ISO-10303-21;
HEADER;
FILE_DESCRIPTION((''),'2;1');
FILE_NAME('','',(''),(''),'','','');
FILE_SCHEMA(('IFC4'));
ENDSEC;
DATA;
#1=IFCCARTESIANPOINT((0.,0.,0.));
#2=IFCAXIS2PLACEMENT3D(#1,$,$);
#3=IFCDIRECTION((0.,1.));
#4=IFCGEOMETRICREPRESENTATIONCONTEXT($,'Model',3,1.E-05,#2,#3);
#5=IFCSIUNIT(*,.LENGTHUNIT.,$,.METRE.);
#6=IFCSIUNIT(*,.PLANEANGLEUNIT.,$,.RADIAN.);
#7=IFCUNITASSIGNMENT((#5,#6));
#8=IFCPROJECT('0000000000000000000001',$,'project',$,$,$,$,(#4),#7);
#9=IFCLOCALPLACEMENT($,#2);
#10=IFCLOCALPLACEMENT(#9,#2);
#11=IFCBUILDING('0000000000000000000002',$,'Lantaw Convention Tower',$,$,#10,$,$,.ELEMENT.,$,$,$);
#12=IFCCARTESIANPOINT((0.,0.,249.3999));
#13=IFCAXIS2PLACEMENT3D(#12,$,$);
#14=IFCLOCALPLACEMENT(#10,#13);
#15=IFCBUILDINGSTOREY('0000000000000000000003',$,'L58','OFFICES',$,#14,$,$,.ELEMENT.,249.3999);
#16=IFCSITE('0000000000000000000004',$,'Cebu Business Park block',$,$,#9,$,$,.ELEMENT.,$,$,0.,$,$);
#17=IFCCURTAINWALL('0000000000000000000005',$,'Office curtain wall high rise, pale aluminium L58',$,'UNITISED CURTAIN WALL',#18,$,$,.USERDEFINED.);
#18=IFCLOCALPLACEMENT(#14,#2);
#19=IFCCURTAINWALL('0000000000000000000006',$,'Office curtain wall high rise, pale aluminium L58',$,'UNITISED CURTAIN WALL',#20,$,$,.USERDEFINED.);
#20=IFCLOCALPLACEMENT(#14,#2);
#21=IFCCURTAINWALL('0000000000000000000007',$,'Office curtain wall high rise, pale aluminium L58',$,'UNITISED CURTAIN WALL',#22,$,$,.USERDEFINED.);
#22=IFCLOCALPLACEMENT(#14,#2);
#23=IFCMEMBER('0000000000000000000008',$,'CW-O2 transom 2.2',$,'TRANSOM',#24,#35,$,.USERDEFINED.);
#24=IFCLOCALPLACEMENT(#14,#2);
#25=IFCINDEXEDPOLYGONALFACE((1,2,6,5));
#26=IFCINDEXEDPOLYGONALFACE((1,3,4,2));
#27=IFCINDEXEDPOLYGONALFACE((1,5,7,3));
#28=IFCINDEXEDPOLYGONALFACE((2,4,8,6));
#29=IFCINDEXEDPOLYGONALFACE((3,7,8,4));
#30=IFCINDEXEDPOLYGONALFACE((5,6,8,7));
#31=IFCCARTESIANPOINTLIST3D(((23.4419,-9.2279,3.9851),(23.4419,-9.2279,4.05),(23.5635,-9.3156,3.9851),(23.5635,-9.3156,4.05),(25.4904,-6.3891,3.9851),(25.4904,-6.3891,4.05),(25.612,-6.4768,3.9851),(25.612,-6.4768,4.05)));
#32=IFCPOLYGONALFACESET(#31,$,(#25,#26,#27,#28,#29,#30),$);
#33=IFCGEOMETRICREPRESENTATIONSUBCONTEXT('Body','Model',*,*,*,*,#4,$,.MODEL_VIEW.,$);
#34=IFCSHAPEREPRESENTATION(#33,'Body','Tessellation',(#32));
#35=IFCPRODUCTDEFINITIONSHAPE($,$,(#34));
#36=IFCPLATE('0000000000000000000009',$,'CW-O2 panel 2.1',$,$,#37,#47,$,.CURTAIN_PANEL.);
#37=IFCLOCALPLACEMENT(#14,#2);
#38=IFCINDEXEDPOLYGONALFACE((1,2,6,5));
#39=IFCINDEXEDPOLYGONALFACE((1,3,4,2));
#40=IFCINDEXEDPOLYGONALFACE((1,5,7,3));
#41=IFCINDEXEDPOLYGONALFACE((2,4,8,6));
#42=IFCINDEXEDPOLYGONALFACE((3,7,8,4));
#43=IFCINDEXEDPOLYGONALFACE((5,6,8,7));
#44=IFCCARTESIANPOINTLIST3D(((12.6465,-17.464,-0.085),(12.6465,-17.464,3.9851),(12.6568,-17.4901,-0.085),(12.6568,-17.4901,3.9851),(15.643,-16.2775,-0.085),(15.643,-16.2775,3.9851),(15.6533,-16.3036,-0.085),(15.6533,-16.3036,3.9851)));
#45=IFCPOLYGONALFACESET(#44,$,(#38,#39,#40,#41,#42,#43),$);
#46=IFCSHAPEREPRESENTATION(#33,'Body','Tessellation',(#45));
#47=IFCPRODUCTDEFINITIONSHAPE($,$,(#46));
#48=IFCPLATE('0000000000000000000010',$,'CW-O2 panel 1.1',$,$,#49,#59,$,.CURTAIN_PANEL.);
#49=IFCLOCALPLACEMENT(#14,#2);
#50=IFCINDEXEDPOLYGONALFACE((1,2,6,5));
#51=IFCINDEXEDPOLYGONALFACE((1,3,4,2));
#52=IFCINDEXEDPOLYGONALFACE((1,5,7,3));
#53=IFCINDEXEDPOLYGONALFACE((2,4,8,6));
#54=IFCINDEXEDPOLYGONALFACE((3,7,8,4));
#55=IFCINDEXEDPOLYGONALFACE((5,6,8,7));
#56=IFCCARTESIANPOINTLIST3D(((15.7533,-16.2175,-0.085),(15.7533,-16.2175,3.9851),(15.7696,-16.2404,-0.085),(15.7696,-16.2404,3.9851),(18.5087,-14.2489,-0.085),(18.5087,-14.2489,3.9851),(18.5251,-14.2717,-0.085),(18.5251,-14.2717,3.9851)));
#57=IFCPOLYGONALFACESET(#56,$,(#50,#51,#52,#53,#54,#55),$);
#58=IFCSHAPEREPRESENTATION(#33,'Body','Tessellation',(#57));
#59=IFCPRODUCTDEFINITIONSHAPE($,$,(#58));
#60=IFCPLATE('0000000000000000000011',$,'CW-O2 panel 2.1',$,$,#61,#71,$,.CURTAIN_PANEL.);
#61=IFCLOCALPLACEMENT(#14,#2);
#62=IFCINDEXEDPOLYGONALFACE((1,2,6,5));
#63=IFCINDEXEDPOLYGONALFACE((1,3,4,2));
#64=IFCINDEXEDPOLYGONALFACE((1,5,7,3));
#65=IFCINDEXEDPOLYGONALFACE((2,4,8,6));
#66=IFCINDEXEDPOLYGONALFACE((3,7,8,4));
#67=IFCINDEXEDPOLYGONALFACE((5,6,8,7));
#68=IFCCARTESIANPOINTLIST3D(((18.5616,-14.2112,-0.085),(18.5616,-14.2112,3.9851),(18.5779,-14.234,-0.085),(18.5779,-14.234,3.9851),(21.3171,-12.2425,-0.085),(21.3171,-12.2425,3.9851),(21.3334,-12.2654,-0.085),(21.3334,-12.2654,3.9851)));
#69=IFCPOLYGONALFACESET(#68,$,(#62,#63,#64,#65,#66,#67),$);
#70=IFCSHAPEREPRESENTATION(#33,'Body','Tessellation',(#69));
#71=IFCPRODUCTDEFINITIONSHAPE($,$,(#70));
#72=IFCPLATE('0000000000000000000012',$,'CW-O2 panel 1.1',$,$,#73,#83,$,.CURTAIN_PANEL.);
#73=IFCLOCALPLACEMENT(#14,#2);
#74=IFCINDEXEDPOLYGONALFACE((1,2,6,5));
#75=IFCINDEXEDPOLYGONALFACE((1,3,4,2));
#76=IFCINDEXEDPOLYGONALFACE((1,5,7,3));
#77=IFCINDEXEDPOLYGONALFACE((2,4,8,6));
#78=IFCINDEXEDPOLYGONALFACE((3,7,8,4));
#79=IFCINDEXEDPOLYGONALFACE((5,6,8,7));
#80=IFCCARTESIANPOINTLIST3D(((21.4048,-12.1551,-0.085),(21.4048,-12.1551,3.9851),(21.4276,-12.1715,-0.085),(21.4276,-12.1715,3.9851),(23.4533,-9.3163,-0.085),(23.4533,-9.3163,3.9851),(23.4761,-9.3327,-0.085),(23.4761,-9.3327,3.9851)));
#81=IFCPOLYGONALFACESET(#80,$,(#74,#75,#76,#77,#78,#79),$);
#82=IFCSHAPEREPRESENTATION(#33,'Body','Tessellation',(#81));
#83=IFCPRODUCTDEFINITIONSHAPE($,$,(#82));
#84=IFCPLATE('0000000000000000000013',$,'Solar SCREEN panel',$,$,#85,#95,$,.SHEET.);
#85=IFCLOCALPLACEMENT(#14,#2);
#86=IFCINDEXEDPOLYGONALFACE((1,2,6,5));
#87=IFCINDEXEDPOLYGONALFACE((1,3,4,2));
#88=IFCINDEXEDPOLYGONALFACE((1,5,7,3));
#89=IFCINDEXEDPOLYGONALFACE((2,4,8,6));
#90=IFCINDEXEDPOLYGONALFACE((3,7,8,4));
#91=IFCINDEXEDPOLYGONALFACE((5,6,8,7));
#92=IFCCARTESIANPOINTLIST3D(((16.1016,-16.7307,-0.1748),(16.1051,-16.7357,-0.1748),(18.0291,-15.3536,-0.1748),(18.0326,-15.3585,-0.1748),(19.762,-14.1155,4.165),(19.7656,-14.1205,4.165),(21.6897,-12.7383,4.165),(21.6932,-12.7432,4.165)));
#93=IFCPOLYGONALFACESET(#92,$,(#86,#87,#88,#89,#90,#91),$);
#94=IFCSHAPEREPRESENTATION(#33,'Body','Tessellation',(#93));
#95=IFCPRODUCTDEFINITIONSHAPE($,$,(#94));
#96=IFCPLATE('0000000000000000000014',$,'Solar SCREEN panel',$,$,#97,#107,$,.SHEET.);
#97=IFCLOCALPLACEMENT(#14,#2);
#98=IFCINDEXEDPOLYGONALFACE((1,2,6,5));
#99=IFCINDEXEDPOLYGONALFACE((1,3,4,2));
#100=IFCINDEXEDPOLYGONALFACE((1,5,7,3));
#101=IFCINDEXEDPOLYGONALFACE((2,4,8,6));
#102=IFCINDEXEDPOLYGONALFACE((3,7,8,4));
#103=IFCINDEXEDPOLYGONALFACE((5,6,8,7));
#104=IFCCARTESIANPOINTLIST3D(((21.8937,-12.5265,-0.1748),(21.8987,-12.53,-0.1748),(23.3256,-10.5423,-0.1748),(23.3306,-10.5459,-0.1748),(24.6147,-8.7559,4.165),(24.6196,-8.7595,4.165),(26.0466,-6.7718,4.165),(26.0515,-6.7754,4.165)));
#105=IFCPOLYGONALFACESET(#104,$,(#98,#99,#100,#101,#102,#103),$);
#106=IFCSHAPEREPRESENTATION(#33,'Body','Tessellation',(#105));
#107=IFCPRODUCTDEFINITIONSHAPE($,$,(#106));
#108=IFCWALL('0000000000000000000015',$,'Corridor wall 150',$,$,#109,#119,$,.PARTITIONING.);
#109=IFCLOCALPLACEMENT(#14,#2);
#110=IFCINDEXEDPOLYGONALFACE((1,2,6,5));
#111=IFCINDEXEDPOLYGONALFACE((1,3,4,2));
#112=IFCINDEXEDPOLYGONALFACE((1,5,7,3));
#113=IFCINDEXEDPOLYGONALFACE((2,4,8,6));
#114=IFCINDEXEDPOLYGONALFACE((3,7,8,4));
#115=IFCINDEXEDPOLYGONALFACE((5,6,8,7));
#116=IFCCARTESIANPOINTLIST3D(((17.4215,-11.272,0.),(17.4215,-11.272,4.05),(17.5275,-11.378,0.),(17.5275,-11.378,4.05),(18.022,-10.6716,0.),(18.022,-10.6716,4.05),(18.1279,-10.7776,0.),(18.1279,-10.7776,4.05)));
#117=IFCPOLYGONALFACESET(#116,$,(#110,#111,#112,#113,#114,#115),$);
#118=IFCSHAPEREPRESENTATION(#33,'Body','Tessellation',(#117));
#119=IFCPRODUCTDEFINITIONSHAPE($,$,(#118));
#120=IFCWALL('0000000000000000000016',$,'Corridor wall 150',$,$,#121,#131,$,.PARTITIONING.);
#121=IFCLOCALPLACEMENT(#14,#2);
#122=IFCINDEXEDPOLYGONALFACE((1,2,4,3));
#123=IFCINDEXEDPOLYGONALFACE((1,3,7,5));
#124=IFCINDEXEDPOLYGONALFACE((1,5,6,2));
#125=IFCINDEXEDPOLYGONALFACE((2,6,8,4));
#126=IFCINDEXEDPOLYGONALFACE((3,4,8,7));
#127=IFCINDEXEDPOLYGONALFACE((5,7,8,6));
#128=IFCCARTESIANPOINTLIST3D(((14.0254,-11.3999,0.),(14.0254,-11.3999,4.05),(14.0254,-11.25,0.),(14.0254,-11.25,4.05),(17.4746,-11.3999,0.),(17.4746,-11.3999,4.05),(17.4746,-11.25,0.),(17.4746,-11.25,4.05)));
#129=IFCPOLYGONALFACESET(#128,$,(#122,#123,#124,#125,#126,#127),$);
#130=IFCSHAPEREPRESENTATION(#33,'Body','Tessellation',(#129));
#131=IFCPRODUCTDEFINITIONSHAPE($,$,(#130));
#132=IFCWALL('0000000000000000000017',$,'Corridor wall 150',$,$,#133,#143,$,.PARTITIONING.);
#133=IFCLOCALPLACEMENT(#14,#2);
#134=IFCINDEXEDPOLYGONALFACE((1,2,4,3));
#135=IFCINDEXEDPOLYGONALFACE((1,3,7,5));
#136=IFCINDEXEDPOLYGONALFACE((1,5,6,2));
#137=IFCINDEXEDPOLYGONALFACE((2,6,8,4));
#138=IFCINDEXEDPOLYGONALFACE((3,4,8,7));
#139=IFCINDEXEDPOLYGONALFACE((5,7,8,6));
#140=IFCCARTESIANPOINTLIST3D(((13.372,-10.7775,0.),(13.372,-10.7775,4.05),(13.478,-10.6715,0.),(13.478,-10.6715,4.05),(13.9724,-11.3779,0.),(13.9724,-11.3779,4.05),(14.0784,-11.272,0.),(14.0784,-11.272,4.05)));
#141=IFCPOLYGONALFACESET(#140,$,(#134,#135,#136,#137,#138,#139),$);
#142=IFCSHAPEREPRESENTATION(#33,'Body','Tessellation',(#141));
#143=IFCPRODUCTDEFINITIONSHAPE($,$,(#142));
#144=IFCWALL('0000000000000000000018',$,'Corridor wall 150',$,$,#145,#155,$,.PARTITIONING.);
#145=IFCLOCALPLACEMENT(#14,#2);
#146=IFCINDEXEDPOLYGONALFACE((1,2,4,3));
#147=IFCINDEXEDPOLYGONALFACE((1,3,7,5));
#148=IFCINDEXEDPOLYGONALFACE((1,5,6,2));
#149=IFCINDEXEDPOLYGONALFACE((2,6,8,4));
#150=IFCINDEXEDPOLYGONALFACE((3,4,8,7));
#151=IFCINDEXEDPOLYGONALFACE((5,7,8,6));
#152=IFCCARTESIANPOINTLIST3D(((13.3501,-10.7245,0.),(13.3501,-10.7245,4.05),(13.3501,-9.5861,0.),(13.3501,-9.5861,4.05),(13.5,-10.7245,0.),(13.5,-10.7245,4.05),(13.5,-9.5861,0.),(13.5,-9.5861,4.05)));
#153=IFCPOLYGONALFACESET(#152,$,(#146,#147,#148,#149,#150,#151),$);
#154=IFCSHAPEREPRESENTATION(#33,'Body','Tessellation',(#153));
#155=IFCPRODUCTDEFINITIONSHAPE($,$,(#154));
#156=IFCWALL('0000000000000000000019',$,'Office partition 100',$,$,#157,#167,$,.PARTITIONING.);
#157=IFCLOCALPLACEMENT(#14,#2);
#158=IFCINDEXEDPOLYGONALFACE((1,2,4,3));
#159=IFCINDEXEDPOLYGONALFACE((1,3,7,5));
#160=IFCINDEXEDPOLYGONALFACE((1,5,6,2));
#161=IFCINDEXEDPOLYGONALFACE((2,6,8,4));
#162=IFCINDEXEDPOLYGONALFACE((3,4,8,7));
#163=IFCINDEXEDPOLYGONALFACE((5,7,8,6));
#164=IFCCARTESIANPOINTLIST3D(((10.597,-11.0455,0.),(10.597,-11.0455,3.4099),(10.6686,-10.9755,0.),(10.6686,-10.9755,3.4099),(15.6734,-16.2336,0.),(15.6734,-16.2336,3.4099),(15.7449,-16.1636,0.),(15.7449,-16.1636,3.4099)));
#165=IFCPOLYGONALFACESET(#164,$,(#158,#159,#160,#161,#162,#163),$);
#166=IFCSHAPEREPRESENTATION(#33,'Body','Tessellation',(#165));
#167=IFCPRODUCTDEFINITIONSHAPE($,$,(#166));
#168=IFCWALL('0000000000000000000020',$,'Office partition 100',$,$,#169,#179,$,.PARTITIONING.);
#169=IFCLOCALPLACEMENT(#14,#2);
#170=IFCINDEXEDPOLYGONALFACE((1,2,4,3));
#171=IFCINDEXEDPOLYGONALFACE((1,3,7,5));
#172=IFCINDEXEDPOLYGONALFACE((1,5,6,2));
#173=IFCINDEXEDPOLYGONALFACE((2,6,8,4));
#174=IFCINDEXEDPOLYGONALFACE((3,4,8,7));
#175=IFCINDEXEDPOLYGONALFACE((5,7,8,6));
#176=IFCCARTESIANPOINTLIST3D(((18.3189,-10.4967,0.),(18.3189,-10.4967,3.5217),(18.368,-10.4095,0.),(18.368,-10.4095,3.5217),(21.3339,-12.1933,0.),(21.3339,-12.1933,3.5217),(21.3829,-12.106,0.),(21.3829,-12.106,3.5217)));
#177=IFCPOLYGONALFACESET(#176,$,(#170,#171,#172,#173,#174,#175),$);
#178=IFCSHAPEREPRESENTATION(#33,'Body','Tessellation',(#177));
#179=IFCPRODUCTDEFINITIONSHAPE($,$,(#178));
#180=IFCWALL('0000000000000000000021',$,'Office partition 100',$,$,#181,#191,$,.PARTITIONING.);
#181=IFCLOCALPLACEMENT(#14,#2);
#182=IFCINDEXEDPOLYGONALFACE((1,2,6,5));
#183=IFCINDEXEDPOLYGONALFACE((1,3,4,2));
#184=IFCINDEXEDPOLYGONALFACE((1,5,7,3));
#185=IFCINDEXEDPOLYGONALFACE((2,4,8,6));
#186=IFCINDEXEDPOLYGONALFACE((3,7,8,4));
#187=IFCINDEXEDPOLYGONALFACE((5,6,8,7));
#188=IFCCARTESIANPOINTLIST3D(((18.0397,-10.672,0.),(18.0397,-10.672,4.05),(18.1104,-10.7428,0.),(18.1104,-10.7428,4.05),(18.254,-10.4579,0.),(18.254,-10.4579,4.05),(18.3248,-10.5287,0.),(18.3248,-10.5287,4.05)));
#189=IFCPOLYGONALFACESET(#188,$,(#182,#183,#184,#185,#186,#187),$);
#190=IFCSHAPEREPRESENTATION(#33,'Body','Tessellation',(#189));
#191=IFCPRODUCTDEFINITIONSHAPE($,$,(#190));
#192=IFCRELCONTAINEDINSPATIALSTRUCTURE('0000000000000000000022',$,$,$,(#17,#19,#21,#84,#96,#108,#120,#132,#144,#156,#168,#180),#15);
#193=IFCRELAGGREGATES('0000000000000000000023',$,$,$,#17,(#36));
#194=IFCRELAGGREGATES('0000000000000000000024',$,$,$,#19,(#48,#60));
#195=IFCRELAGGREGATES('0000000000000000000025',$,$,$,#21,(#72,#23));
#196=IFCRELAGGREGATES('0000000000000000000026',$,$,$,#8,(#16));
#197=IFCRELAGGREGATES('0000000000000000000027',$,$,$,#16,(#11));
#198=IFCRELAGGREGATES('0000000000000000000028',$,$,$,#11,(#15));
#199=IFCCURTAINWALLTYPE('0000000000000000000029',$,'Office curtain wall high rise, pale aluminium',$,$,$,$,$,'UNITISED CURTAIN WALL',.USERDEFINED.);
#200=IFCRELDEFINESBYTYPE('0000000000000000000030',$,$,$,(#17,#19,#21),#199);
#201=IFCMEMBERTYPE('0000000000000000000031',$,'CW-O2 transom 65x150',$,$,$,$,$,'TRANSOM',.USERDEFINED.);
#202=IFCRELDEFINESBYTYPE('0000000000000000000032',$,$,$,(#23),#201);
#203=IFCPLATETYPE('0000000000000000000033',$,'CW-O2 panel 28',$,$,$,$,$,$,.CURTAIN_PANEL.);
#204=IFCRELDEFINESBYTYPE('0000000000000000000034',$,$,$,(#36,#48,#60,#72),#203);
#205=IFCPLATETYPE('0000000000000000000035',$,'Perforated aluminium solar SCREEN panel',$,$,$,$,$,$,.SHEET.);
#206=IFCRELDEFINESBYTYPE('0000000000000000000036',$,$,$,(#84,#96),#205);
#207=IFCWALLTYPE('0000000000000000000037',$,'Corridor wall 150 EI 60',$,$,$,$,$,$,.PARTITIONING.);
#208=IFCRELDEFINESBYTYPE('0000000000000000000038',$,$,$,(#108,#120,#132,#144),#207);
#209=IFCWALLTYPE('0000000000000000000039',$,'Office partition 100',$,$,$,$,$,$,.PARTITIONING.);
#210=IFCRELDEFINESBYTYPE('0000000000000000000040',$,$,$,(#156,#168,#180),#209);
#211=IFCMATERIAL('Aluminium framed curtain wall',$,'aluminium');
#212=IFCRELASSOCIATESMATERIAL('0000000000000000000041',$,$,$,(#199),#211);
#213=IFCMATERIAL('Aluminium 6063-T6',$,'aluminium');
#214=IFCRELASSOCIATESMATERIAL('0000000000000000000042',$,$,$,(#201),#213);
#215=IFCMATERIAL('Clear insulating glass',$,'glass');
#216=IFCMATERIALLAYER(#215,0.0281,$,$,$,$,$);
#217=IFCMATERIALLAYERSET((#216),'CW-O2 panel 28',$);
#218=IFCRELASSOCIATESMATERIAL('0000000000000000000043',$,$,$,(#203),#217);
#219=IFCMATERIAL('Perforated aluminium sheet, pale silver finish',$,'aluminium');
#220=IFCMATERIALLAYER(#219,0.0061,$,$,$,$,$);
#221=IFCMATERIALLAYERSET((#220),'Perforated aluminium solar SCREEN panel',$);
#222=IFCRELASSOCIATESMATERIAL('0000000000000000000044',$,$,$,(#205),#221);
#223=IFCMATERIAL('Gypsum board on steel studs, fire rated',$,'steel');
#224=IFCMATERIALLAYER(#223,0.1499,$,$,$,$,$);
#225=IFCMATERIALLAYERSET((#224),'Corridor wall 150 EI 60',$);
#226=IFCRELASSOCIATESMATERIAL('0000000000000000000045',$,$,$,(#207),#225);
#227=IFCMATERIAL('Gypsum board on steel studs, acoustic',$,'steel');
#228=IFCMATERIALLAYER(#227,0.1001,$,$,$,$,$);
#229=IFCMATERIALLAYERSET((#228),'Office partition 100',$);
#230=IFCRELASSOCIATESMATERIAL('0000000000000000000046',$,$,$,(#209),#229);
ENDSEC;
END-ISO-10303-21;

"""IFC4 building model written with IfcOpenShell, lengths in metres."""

from ifc_helpers import new_model, si_unit, direction, frame, frame_2d, origin, origin_2d, place, context, subcontext, project, spatial, polyline, rectangle, outline, extrude, material, layer, layer_set, material_profile, profile_set, type_object, element, aggregate, save


model = new_model("IFC4")

# Units and contexts
model_context = context("Model", 3, precision=1e-05, world=origin(), true_north=direction((0.0, 1.0)))
body_context = subcontext(model_context, "Body", "Model", "MODEL_VIEW")
ifc_project = project(units=[si_unit("LENGTHUNIT", "METRE"), si_unit("PLANEANGLEUNIT", "RADIAN")], contexts=[model_context])

# Site, building, storey
site_placement = place(None, origin())
site = spatial("IfcSite", under=ifc_project, at=site_placement, Name="Cebu Business Park block", CompositionType="ELEMENT", RefElevation=0.0)
building_placement = place(site_placement, origin())
building = spatial("IfcBuilding", under=site, at=building_placement, Name="Lantaw Convention Tower", CompositionType="ELEMENT")
storey_placement = place(building_placement, frame((0.0, 0.0, 249.3999)))
storey = spatial("IfcBuildingStorey", under=building, at=storey_placement, Name="L58", Description="OFFICES", CompositionType="ELEMENT", Elevation=249.3999)

# Curtain wall
ifc_material_1 = material(Name="Aluminium framed curtain wall", Category="aluminium")
curtain_wall_type = type_object("IfcCurtainWallType", Name="Office curtain wall high rise, pale aluminium", ElementType="UNITISED CURTAIN WALL", PredefinedType="USERDEFINED", material=ifc_material_1)
curtain_wall_1_placement = place(storey_placement, origin())
curtain_wall_1 = element("IfcCurtainWall", 1, at=curtain_wall_1_placement, inside=storey, type_object=curtain_wall_type, Name="Office curtain wall high rise, pale aluminium L58", ObjectType="UNITISED CURTAIN WALL", PredefinedType="USERDEFINED")
ifc_material_2 = material(Name="Aluminium 6063-T6", Category="aluminium")

# Curtain walls
curtain_wall_2_placement = place(storey_placement, origin())
curtain_wall_2 = element("IfcCurtainWall", 2, at=curtain_wall_2_placement, inside=storey, type_object=curtain_wall_type, Name="Office curtain wall high rise, pale aluminium L58", ObjectType="UNITISED CURTAIN WALL", PredefinedType="USERDEFINED")
curtain_wall_3_placement = place(storey_placement, origin())
curtain_wall_3 = element("IfcCurtainWall", 3, at=curtain_wall_3_placement, inside=storey, type_object=curtain_wall_type, Name="Office curtain wall high rise, pale aluminium L58", ObjectType="UNITISED CURTAIN WALL", PredefinedType="USERDEFINED")

# Member
ifc_material_profile_1 = material_profile(ifc_material_2, rectangle(XDim=0.1499, YDim=0.0649, at=origin_2d()), Name="CW-O2 transom 65x150")
ifc_profile_set_1 = profile_set([ifc_material_profile_1], Name="Aluminium 6063-T6")
member_type_1 = type_object("IfcMemberType", Name="CW-O2 transom 65x150", ElementType="TRANSOM", PredefinedType="USERDEFINED", material=ifc_profile_set_1)
member_1_placement = place(storey_placement, frame((23.5027, -9.2717, 4.0176), z_axis=(0.58517, 0.810911, 0.0), x_axis=(-0.810911, 0.58517, 0.0)))
member_1 = element("IfcMember", 4, at=member_1_placement, type_object=member_type_1, Name="CW-O2 transom 2.2", ObjectType="TRANSOM", PredefinedType="USERDEFINED", context=body_context, shape_type="SweptSolid", body=[
    extrude(rectangle(XDim=0.1499, YDim=0.0649, at=origin_2d()), origin(), (0.0, 0.0, 1.0), 3.5007),
])

# Plates
ifc_material_3 = material(Name="Clear insulating glass", Category="glass")
ifc_layer_1 = layer(ifc_material_3, 0.0281)
ifc_layer_set_1 = layer_set([ifc_layer_1], Name="CW-O2 panel 28")
plate_type_1 = type_object("IfcPlateType", Name="CW-O2 panel 28", PredefinedType="CURTAIN_PANEL", material=ifc_layer_set_1)
plate_1_placement = place(storey_placement, frame((14.1499, -16.8838, -0.085), z_axis=(0.0, 0.0, 1.0), x_axis=(0.929762, 0.368162, 0.0)))
plate_1 = element("IfcPlate", 5, at=plate_1_placement, type_object=plate_type_1, Name="CW-O2 panel 2.1", PredefinedType="CURTAIN_PANEL", context=body_context, shape_type="SweptSolid", body=[
    extrude(rectangle(XDim=3.2229, YDim=0.0281, at=origin_2d()), origin(), (0.0, 0.0, 1.0), 4.0701),
])
aggregate(curtain_wall_1, [plate_1])
plate_2_placement = place(storey_placement, frame((17.1392, -15.2446, -0.085), z_axis=(0.0, 0.0, 1.0), x_axis=(0.813673, 0.581323, 0.0)))
plate_2 = element("IfcPlate", 6, at=plate_2_placement, type_object=plate_type_1, Name="CW-O2 panel 1.1", PredefinedType="CURTAIN_PANEL", context=body_context, shape_type="SweptSolid", body=[
    extrude(rectangle(XDim=3.3865, YDim=0.0281, at=origin_2d()), origin(), (0.0, 0.0, 1.0), 4.0701),
])
plate_3_placement = place(storey_placement, frame((19.9475, -13.2383, -0.085), z_axis=(0.0, 0.0, 1.0), x_axis=(0.813673, 0.581323, 0.0)))
plate_3 = element("IfcPlate", 7, at=plate_3_placement, type_object=plate_type_1, Name="CW-O2 panel 2.1", PredefinedType="CURTAIN_PANEL", context=body_context, shape_type="SweptSolid", body=[
    extrude(rectangle(XDim=3.3865, YDim=0.0281, at=origin_2d()), origin(), (0.0, 0.0, 1.0), 4.0701),
])
aggregate(curtain_wall_2, [plate_2, plate_3])
plate_4_placement = place(storey_placement, frame((22.4404, -10.7439, -0.085), z_axis=(0.0, 0.0, 1.0), x_axis=(0.585158, 0.81092, 0.0)))
plate_4 = element("IfcPlate", 8, at=plate_4_placement, type_object=plate_type_1, Name="CW-O2 panel 1.1", PredefinedType="CURTAIN_PANEL", context=body_context, shape_type="SweptSolid", body=[
    extrude(rectangle(XDim=3.5007, YDim=0.0281, at=origin_2d()), origin(), (0.0, 0.0, 1.0), 4.0701),
])
aggregate(curtain_wall_3, [plate_4, member_1])

# Plates
ifc_material_4 = material(Name="Perforated aluminium sheet, pale silver finish", Category="aluminium")
ifc_layer_2 = layer(ifc_material_4, 0.0061)
ifc_layer_set_2 = layer_set([ifc_layer_2], Name="Perforated aluminium solar SCREEN panel")
plate_type_2 = type_object("IfcPlateType", Name="Perforated aluminium solar SCREEN panel", PredefinedType="SHEET", material=ifc_layer_set_2)
plate_5_placement = place(storey_placement, frame((16.1016, -16.7307, -0.1748), z_axis=(-0.581331, 0.813667, 0.00001), x_axis=(0.813667, 0.581331, 0.0)))
element("IfcPlate", 9, at=plate_5_placement, inside=storey, type_object=plate_type_2, Name="Solar SCREEN panel", PredefinedType="SHEET", context=body_context, shape_type="SweptSolid", body=[
    extrude(outline(polyline([(0.0, 0.0), (2.3689, 0.0), (6.8678, -4.3398), (4.4987, -4.3398), (0.0, 0.0)])), origin(), (0.0, 0.0, -1.0), 0.0061),
])
plate_6_placement = place(storey_placement, frame((21.8987, -12.53, -0.1748), z_axis=(0.810892, -0.585195, 0.00002), x_axis=(0.585195, 0.810892, 0.0)))
element("IfcPlate", 10, at=plate_6_placement, inside=storey, type_object=plate_type_2, Name="Solar SCREEN panel", PredefinedType="SHEET", context=body_context, shape_type="SweptSolid", body=[
    extrude(outline(polyline([(0.0, 0.0), (2.4468, 0.0), (7.0966, 4.3398), (4.6498, 4.3398), (0.0, 0.0)])), origin(), (0.0, 0.0, -1.0), 0.0061),
])

# Walls
ifc_material_5 = material(Name="Gypsum board on steel studs, fire rated", Category="steel")
ifc_layer_3 = layer(ifc_material_5, 0.1499)
ifc_layer_set_3 = layer_set([ifc_layer_3], Name="Corridor wall 150 EI 60")
wall_type_1 = type_object("IfcWallType", Name="Corridor wall 150 EI 60", PredefinedType="PARTITIONING", material=ifc_layer_set_3)
wall_1_placement = place(storey_placement, frame((18.075, -10.7246, 0.0), z_axis=(0.0, 0.0, 1.0), x_axis=(-0.707107, -0.707107, 0.0)))
element("IfcWall", 11, at=wall_1_placement, inside=storey, type_object=wall_type_1, Name="Corridor wall 150", PredefinedType="PARTITIONING", context=body_context, shape_type="SweptSolid", body=[
    extrude(rectangle(XDim=0.8491, YDim=0.1499, at=frame_2d((0.4246, 0.0))), origin(), (0.0, 0.0, 1.0), 4.05),
])
wall_2_placement = place(storey_placement, frame((17.4746, -11.325, 0.0), z_axis=(0.0, 0.0, 1.0), x_axis=(-1.0, 0.0, 0.0)))
element("IfcWall", 12, at=wall_2_placement, inside=storey, type_object=wall_type_1, Name="Corridor wall 150", PredefinedType="PARTITIONING", context=body_context, shape_type="SweptSolid", body=[
    extrude(rectangle(XDim=3.4492, YDim=0.1499, at=frame_2d((1.7246, 0.0))), origin(), (0.0, 0.0, 1.0), 4.05),
])
wall_3_placement = place(storey_placement, frame((14.0254, -11.325, 0.0), z_axis=(0.0, 0.0, 1.0), x_axis=(-0.707107, 0.707107, 0.0)))
element("IfcWall", 13, at=wall_3_placement, inside=storey, type_object=wall_type_1, Name="Corridor wall 150", PredefinedType="PARTITIONING", context=body_context, shape_type="SweptSolid", body=[
    extrude(rectangle(XDim=0.8491, YDim=0.1499, at=frame_2d((0.4246, 0.0))), origin(), (0.0, 0.0, 1.0), 4.05),
])
wall_4_placement = place(storey_placement, frame((13.425, -10.7246, 0.0), z_axis=(0.0, 0.0, 1.0), x_axis=(0.0, 1.0, 0.0)))
element("IfcWall", 14, at=wall_4_placement, inside=storey, type_object=wall_type_1, Name="Corridor wall 150", PredefinedType="PARTITIONING", context=body_context, shape_type="SweptSolid", body=[
    extrude(rectangle(XDim=1.1384, YDim=0.1499, at=frame_2d((0.5693, 0.0))), origin(), (0.0, 0.0, 1.0), 4.05),
])
ifc_material_6 = material(Name="Gypsum board on steel studs, acoustic", Category="steel")
ifc_layer_4 = layer(ifc_material_6, 0.1001)
ifc_layer_set_4 = layer_set([ifc_layer_4], Name="Office partition 100")
wall_type_2 = type_object("IfcWallType", Name="Office partition 100", PredefinedType="PARTITIONING", material=ifc_layer_set_4)
wall_5_placement = place(storey_placement, frame((15.7092, -16.1987, 0.0), z_axis=(0.0, 0.0, 1.0), x_axis=(-0.699363, 0.714767, 0.0)))
element("IfcWall", 15, at=wall_5_placement, inside=storey, type_object=wall_type_2, Name="Office partition 100", PredefinedType="PARTITIONING", context=body_context, shape_type="SweptSolid", body=[
    extrude(rectangle(XDim=7.2585, YDim=0.1001, at=frame_2d((3.6294, 0.0))), origin(), (0.0, 0.0, 1.0), 3.4099),
])
wall_6_placement = place(storey_placement, frame((21.3584, -12.1497, 0.0), z_axis=(0.0, 0.0, 1.0), x_axis=(-0.871494, 0.490405, 0.0)))
element("IfcWall", 16, at=wall_6_placement, inside=storey, type_object=wall_type_2, Name="Office partition 100", PredefinedType="PARTITIONING", context=body_context, shape_type="SweptSolid", body=[
    extrude(rectangle(XDim=3.4595, YDim=0.1001, at=frame_2d((1.7297, 0.0))), origin(), (0.0, 0.0, 1.0), 3.5217),
])
wall_7_placement = place(storey_placement, frame((18.2893, -10.4934, 0.0), z_axis=(0.0, 0.0, 1.0), x_axis=(-0.70751, -0.706704, 0.0)))
element("IfcWall", 17, at=wall_7_placement, inside=storey, type_object=wall_type_2, Name="Office partition 100", PredefinedType="PARTITIONING", context=body_context, shape_type="SweptSolid", body=[
    extrude(rectangle(XDim=0.303, YDim=0.1001, at=frame_2d((0.1514, 0.0))), origin(), (0.0, 0.0, 1.0), 4.05),
])

save(model, "model.ifc")
